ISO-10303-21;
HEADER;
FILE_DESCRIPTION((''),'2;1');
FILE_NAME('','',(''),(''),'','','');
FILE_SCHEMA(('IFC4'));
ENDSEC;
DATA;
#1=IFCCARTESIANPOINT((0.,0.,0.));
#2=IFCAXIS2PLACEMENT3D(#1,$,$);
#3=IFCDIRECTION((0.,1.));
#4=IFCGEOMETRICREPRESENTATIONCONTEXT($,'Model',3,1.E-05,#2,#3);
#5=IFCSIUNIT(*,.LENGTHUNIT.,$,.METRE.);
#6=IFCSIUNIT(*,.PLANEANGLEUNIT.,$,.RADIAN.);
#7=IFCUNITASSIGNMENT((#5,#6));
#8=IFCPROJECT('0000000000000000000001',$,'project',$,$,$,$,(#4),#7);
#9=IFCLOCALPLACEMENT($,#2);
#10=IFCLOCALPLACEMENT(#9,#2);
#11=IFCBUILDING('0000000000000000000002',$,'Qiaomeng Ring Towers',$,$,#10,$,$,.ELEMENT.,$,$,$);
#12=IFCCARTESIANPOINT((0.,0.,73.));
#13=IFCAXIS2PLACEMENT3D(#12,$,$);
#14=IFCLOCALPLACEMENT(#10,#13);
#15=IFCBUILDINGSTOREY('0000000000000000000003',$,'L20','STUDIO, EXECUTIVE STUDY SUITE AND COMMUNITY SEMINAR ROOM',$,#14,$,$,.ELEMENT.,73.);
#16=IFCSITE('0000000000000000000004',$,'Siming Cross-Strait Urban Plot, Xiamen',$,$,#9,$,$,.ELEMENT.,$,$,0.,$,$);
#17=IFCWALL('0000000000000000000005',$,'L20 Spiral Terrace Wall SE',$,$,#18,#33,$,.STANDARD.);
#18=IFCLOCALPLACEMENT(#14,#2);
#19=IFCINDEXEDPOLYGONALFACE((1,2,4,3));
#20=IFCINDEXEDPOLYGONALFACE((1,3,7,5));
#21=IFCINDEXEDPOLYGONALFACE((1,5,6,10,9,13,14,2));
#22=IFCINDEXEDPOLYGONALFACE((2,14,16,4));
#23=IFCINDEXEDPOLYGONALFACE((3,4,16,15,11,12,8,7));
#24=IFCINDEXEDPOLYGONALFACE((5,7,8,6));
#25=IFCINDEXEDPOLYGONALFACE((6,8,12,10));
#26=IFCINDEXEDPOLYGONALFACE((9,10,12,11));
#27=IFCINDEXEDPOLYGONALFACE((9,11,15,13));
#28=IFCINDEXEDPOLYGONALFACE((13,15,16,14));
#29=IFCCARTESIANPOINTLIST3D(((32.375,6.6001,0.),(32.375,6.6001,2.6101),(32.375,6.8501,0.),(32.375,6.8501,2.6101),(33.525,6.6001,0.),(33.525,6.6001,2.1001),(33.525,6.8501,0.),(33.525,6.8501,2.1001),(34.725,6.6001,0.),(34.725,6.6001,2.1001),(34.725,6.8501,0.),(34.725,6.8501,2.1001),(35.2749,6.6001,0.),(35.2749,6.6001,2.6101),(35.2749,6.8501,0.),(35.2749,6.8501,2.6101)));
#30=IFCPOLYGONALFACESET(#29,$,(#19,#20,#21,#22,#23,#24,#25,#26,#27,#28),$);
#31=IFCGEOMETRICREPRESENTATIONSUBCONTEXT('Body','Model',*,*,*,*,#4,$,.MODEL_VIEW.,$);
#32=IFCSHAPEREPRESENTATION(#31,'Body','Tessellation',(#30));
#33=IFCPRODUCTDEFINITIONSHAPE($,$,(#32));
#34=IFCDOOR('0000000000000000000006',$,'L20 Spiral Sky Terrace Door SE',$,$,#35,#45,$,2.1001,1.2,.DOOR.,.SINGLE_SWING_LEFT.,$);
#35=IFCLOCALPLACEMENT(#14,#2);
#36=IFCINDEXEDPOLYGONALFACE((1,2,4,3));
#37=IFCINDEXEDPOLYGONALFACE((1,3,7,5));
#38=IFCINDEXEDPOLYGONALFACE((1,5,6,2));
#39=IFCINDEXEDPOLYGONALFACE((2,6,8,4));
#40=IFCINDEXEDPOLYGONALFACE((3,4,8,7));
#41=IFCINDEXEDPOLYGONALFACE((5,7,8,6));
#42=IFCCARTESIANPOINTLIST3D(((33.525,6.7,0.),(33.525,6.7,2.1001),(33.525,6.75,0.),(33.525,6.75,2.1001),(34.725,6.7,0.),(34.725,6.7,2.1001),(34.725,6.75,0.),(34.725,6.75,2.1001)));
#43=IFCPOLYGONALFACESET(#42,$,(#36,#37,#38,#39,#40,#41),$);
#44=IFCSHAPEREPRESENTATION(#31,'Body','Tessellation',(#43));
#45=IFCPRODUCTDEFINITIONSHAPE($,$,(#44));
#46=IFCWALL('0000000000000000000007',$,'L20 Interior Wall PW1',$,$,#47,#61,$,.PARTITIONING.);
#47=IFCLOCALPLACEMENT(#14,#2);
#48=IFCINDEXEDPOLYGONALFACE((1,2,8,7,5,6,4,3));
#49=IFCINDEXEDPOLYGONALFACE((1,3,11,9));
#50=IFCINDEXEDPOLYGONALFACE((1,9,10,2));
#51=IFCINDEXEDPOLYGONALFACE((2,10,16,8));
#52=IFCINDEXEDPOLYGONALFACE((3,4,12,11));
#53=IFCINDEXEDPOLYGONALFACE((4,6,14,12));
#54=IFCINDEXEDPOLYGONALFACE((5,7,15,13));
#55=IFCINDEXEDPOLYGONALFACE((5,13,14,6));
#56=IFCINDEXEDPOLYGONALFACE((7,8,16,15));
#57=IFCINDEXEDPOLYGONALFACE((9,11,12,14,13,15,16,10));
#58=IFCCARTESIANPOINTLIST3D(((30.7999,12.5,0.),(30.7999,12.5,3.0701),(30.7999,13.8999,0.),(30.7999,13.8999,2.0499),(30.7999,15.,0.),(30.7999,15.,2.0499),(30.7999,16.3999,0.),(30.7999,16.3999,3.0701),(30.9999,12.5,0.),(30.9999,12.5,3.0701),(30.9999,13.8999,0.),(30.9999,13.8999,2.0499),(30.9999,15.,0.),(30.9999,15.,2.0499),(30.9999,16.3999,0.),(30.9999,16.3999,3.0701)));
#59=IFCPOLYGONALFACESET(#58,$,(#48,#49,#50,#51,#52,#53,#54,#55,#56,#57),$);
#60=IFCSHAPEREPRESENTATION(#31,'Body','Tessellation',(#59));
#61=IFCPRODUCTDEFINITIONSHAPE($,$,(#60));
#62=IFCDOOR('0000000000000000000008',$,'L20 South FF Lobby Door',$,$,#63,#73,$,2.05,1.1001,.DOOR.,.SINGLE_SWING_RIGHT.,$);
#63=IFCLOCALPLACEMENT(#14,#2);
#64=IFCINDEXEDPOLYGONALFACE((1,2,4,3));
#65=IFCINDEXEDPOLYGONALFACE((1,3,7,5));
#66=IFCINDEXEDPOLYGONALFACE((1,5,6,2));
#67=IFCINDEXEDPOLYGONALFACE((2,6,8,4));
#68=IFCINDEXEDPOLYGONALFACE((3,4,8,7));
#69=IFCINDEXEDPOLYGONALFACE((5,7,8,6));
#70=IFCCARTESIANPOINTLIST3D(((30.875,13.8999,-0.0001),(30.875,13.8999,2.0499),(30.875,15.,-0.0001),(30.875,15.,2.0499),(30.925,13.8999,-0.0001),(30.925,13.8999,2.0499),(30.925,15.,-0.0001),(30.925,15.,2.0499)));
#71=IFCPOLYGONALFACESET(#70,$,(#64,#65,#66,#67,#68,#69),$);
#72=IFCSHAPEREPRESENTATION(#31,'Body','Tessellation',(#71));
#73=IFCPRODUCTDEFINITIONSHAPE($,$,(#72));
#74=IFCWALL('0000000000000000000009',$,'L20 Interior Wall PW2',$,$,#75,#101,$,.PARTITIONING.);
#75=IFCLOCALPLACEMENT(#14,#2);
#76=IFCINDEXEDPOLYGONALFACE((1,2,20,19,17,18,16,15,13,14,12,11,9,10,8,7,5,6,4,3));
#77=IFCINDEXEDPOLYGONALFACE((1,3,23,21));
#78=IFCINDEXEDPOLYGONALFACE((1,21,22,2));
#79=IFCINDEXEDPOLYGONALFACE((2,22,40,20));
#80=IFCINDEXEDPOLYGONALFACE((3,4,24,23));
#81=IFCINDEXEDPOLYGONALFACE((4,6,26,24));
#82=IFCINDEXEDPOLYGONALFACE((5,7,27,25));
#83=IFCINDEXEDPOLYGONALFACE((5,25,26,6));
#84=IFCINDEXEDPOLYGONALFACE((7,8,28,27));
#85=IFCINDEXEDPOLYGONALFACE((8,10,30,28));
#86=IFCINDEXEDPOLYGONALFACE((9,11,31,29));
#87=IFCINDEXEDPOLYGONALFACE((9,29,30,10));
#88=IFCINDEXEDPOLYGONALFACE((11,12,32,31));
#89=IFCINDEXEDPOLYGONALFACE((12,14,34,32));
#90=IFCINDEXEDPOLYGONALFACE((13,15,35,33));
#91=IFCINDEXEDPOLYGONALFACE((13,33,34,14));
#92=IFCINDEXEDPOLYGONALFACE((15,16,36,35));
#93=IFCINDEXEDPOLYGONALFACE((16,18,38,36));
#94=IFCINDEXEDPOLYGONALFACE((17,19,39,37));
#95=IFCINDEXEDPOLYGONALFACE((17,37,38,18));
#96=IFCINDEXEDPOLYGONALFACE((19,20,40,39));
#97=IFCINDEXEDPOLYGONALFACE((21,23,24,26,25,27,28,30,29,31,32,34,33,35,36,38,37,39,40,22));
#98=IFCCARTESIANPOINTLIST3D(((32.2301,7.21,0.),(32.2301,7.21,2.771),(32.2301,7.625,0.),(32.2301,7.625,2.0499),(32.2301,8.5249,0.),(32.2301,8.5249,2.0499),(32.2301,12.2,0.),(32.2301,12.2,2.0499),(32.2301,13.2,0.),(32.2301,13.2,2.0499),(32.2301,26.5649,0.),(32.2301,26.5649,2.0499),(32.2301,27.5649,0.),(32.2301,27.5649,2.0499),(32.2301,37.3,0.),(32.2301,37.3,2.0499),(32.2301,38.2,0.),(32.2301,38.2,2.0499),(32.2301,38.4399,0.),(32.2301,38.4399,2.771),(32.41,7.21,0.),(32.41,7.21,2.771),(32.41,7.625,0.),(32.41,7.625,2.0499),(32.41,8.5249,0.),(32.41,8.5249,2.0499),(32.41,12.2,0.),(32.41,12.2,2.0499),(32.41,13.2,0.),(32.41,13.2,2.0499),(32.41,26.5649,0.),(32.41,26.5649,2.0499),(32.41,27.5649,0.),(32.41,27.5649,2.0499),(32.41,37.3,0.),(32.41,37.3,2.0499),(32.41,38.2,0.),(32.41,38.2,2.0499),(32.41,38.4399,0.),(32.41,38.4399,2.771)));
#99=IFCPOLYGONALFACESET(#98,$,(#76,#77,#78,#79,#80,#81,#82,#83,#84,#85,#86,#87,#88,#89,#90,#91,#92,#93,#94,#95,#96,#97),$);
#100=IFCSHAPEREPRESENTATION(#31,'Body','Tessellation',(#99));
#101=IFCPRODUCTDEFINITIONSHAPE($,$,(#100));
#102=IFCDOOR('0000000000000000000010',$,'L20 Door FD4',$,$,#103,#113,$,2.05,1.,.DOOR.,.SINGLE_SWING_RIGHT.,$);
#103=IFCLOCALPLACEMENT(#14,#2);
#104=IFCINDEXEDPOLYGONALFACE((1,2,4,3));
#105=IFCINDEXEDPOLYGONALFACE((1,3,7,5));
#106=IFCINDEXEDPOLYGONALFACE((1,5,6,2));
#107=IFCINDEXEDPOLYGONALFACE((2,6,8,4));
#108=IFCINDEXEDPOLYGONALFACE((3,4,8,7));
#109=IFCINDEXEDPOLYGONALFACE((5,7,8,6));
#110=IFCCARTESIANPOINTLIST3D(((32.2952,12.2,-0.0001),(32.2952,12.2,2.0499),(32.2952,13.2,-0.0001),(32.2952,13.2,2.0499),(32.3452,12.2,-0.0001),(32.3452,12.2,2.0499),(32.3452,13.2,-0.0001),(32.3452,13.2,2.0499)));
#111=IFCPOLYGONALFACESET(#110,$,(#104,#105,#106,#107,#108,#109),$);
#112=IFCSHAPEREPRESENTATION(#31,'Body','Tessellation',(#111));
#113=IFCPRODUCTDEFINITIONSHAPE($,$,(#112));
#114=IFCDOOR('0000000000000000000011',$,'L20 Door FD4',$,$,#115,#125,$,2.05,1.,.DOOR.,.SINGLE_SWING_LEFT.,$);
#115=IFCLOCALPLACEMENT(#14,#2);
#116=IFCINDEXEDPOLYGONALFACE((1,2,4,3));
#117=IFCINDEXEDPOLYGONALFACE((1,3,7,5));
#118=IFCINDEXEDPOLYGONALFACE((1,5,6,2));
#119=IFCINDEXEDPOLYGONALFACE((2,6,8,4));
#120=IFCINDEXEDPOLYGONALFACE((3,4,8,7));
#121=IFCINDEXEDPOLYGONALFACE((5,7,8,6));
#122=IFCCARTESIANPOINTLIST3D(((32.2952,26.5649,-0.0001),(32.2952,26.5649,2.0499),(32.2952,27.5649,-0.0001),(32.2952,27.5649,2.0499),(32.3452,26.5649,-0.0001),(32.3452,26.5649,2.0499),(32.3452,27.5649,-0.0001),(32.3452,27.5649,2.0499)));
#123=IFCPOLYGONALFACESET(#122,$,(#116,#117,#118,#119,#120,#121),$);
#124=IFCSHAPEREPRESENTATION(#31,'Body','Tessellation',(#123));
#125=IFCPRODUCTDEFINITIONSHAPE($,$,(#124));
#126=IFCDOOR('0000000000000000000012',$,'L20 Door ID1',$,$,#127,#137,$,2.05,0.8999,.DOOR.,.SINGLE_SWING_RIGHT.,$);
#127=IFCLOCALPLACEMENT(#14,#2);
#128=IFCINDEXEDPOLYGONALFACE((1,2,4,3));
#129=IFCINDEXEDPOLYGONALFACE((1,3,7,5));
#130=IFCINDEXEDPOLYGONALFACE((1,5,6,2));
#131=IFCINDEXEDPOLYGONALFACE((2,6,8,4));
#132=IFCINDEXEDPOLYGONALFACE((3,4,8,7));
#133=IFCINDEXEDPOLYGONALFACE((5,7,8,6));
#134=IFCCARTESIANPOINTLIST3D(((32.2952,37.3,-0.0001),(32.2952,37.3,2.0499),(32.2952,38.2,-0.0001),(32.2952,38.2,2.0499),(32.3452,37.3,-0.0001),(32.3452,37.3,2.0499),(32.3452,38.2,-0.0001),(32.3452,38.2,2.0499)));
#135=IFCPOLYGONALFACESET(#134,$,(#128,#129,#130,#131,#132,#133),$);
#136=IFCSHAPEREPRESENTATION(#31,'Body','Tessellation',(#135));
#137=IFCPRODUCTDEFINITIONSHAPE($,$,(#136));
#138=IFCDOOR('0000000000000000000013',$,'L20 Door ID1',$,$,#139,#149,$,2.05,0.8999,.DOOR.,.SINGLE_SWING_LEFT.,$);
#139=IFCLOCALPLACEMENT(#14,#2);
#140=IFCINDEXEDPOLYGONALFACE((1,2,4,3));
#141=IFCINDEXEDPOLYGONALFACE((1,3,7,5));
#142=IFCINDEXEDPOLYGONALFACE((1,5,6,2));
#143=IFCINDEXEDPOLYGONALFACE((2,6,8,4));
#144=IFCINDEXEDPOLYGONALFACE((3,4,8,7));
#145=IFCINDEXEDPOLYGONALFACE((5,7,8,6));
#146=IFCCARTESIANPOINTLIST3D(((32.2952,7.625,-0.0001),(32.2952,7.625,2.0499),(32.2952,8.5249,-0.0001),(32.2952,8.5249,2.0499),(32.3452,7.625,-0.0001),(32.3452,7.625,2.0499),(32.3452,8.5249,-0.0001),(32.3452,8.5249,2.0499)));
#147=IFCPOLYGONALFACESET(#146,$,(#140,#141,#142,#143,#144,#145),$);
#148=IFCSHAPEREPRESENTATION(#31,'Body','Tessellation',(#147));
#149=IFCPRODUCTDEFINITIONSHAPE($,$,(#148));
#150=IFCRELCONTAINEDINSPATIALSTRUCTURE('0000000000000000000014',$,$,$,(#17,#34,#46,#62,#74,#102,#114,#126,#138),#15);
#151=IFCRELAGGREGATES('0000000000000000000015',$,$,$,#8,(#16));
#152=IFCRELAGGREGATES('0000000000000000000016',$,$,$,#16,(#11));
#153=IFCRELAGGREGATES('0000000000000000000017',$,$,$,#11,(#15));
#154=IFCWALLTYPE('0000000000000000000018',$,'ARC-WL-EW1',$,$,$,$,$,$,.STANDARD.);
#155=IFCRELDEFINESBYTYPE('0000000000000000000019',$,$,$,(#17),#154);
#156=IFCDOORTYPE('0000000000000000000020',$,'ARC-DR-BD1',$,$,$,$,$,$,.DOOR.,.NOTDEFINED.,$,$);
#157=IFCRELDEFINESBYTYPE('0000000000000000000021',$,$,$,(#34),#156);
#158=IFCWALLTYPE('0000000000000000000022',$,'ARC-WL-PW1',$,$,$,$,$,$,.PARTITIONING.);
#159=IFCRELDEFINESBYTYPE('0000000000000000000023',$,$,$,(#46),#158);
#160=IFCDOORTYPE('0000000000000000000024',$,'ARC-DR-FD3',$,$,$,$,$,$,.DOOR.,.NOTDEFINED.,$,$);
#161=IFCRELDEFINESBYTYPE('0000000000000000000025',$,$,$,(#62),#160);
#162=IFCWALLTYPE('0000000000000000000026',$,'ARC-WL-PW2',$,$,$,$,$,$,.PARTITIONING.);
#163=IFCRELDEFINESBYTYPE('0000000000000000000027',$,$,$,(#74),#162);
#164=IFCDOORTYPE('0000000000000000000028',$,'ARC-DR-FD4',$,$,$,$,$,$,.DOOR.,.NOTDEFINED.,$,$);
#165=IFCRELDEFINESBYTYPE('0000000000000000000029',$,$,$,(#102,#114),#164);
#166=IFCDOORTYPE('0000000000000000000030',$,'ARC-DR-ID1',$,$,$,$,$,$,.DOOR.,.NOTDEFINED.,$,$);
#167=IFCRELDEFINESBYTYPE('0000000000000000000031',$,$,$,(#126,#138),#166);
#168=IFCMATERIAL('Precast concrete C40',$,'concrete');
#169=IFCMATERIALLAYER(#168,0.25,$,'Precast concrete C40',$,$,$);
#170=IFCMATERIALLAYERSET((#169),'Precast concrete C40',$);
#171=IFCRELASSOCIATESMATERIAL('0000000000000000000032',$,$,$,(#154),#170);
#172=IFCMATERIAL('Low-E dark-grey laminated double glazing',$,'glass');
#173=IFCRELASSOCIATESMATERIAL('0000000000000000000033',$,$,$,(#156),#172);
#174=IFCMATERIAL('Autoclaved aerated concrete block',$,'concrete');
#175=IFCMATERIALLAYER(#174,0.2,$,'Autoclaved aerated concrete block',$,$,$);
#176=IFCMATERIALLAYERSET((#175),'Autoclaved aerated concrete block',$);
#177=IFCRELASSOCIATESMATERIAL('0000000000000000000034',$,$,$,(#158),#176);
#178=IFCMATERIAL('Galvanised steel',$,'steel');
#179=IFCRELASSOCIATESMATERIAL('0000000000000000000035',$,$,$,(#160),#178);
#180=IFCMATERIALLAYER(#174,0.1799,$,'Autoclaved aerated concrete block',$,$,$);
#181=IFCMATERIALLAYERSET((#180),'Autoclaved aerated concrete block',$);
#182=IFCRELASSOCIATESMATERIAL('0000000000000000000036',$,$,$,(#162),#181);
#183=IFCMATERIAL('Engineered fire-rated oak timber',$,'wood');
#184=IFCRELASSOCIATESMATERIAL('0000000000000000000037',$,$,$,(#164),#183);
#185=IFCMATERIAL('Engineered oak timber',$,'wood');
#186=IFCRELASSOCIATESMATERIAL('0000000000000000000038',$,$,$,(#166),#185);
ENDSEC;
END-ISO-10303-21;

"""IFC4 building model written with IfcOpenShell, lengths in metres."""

from ifc_helpers import new_model, si_unit, direction, frame, frame_2d, origin, place, context, subcontext, project, spatial, rectangle, extrude, source, transform, mapped, material, layer, layer_set, type_object, element, fill, save


model = new_model("IFC4")

# Units and contexts
model_context = context("Model", 3, precision=1e-05, world=origin(), true_north=direction((0.0, 1.0)))
body_context = subcontext(model_context, "Body", "Model", "MODEL_VIEW")
ifc_project = project(units=[si_unit("LENGTHUNIT", "METRE"), si_unit("PLANEANGLEUNIT", "RADIAN")], contexts=[model_context])

# Site, building, storey
site_placement = place(None, origin())
site = spatial("IfcSite", under=ifc_project, at=site_placement, Name="Siming Cross-Strait Urban Plot, Xiamen", CompositionType="ELEMENT", RefElevation=0.0)
building_placement = place(site_placement, origin())
building = spatial("IfcBuilding", under=site, at=building_placement, Name="Qiaomeng Ring Towers", CompositionType="ELEMENT")
storey_placement = place(building_placement, frame((0.0, 0.0, 73.0)))
storey = spatial("IfcBuildingStorey", under=building, at=storey_placement, Name="L20", Description="STUDIO, EXECUTIVE STUDY SUITE AND COMMUNITY SEMINAR ROOM", CompositionType="ELEMENT", Elevation=73.0)

# Walls, openings, doors
ifc_material_1 = material(Name="Precast concrete C40", Category="concrete")
ifc_layer_1 = layer(ifc_material_1, 0.25, Name="Precast concrete C40")
ifc_layer_set_1 = layer_set([ifc_layer_1], Name="Precast concrete C40")
wall_type_1 = type_object("IfcWallType", Name="ARC-WL-EW1", PredefinedType="STANDARD", material=ifc_layer_set_1)
wall_1_placement = place(storey_placement, frame((32.375, 6.7251, 0.0), z_axis=(0.0, 0.0, 1.0), x_axis=(1.0, 0.0, 0.0)))
wall_1 = element("IfcWall", 1, at=wall_1_placement, inside=storey, type_object=wall_type_1, Name="L20 Spiral Terrace Wall SE", PredefinedType="STANDARD", context=body_context, shape_type="SweptSolid", body=[
    extrude(rectangle(XDim=2.8999, YDim=0.25, at=frame_2d((1.45, 0.0))), origin(), (0.0, 0.0, 1.0), 2.6101),
])
opening_1_placement = place(wall_1_placement, frame((1.1499, 0.0, 0.0)))
opening_1 = element("IfcOpeningElement", 2, at=opening_1_placement, cuts=wall_1, PredefinedType="OPENING", context=body_context, shape_type="SweptSolid", body=[
    extrude(rectangle(XDim=1.2, YDim=2.1001, at=frame_2d((0.6001, 1.05))), frame((0.0, 0.135, 0.0), z_axis=(0.0, -1.0, 0.0), x_axis=(1.0, 0.0, 0.0)), (0.0, 0.0, 1.0), 0.27),
])
ifc_material_2 = material(Name="Low-E dark-grey laminated double glazing", Category="glass")
door_type_1 = type_object("IfcDoorType", Name="ARC-DR-BD1", OperationType="NOTDEFINED", PredefinedType="DOOR", material=ifc_material_2)
shared_shape_1 = source(origin(), body_context, "Body", "SweptSolid", [
    extrude(rectangle(XDim=1.2, YDim=2.1001, at=frame_2d((0.6001, 1.05))), frame((0.0, 0.0249, 0.0), z_axis=(0.0, -1.0, 0.0), x_axis=(1.0, 0.0, 0.0)), (0.0, 0.0, 1.0), 0.05),
])
door_1_placement = place(opening_1_placement, origin())
door_1 = element("IfcDoor", 3, at=door_1_placement, inside=storey, type_object=door_type_1, Name="L20 Spiral Sky Terrace Door SE", OperationType="SINGLE_SWING_LEFT", OverallHeight=2.1001, OverallWidth=1.2, PredefinedType="DOOR", context=body_context, shape_type="MappedRepresentation", body=[
    mapped(shared_shape_1, transform((0.0, 0.0, 0.0), x_axis=(1.0, 0.0, 0.0), y_axis=(0.0, 1.0, 0.0), z_axis=(0.0, 0.0, 1.0), scale=1.0)),
])
fill(opening_1, door_1)
ifc_material_3 = material(Name="Autoclaved aerated concrete block", Category="concrete")
ifc_layer_2 = layer(ifc_material_3, 0.2, Name="Autoclaved aerated concrete block")
ifc_layer_set_2 = layer_set([ifc_layer_2], Name="Autoclaved aerated concrete block")
wall_type_2 = type_object("IfcWallType", Name="ARC-WL-PW1", PredefinedType="PARTITIONING", material=ifc_layer_set_2)
wall_2_placement = place(storey_placement, frame((30.8999, 12.5, 0.0), z_axis=(0.0, 0.0, 1.0), x_axis=(0.0, 1.0, 0.0)))
wall_2 = element("IfcWall", 4, at=wall_2_placement, inside=storey, type_object=wall_type_2, Name="L20 Interior Wall PW1", PredefinedType="PARTITIONING", context=body_context, shape_type="SweptSolid", body=[
    extrude(rectangle(XDim=3.8999, YDim=0.2, at=frame_2d((1.95, 0.0))), origin(), (0.0, 0.0, 1.0), 3.0701),
])
opening_2_placement = place(wall_2_placement, frame((1.3999, 0.0, 0.0)))
opening_2 = element("IfcOpeningElement", 5, at=opening_2_placement, cuts=wall_2, PredefinedType="OPENING", context=body_context, shape_type="SweptSolid", body=[
    extrude(rectangle(XDim=1.1001, YDim=2.05, at=frame_2d((0.55, 1.0249))), frame((0.0, 0.1099, 0.0), z_axis=(0.0, -1.0, 0.0), x_axis=(1.0, 0.0, 0.0)), (0.0, 0.0, 1.0), 0.22),
])
ifc_material_4 = material(Name="Galvanised steel", Category="steel")
door_type_2 = type_object("IfcDoorType", Name="ARC-DR-FD3", OperationType="NOTDEFINED", PredefinedType="DOOR", material=ifc_material_4)
shared_shape_2 = source(origin(), body_context, "Body", "SweptSolid", [
    extrude(rectangle(XDim=1.1001, YDim=2.05, at=frame_2d((0.55, 1.0249))), frame((0.0, 0.0249, 0.0), z_axis=(0.0, -1.0, 0.0), x_axis=(1.0, 0.0, 0.0)), (0.0, 0.0, 1.0), 0.05),
])
door_2_placement = place(opening_2_placement, origin())
door_2 = element("IfcDoor", 6, at=door_2_placement, inside=storey, type_object=door_type_2, Name="L20 South FF Lobby Door", OperationType="SINGLE_SWING_RIGHT", OverallHeight=2.05, OverallWidth=1.1001, PredefinedType="DOOR", context=body_context, shape_type="MappedRepresentation", body=[
    mapped(shared_shape_2, transform((0.0, 0.0, 0.0), x_axis=(1.0, 0.0, 0.0), y_axis=(0.0, 1.0, 0.0), z_axis=(0.0, 0.0, 1.0), scale=1.0)),
])
fill(opening_2, door_2)

# Wall, openings, doors
ifc_layer_3 = layer(ifc_material_3, 0.1799, Name="Autoclaved aerated concrete block")
ifc_layer_set_3 = layer_set([ifc_layer_3], Name="Autoclaved aerated concrete block")
wall_type_3 = type_object("IfcWallType", Name="ARC-WL-PW2", PredefinedType="PARTITIONING", material=ifc_layer_set_3)
wall_3_placement = place(storey_placement, frame((32.3201, 7.21, 0.0), z_axis=(0.0, 0.0, 1.0), x_axis=(0.0, 1.0, 0.0)))
wall_3 = element("IfcWall", 7, at=wall_3_placement, inside=storey, type_object=wall_type_3, Name="L20 Interior Wall PW2", PredefinedType="PARTITIONING", context=body_context, shape_type="SweptSolid", body=[
    extrude(rectangle(XDim=31.23, YDim=0.1799, at=frame_2d((15.615, 0.0))), origin(), (0.0, 0.0, 1.0), 2.771),
])
opening_3_placement = place(wall_3_placement, frame((30.0901, 0.0, 0.0)))
opening_3 = element("IfcOpeningElement", 8, at=opening_3_placement, cuts=wall_3, PredefinedType="OPENING", context=body_context, shape_type="SweptSolid", body=[
    extrude(rectangle(XDim=0.8999, YDim=2.05, at=frame_2d((0.45, 1.0249))), frame((0.0, 0.0999, 0.0), z_axis=(0.0, -1.0, 0.0), x_axis=(1.0, 0.0, 0.0)), (0.0, 0.0, 1.0), 0.2),
])
opening_4_placement = place(wall_3_placement, frame((0.415, 0.0, 0.0)))
opening_4 = element("IfcOpeningElement", 9, at=opening_4_placement, cuts=wall_3, PredefinedType="OPENING", context=body_context, shape_type="SweptSolid", body=[
    extrude(rectangle(XDim=0.8999, YDim=2.05, at=frame_2d((0.45, 1.0249))), frame((0.0, 0.0999, 0.0), z_axis=(0.0, -1.0, 0.0), x_axis=(1.0, 0.0, 0.0)), (0.0, 0.0, 1.0), 0.2),
])
opening_5_placement = place(wall_3_placement, frame((4.99, 0.0, 0.0)))
opening_5 = element("IfcOpeningElement", 10, at=opening_5_placement, cuts=wall_3, PredefinedType="OPENING", context=body_context, shape_type="SweptSolid", body=[
    extrude(rectangle(XDim=1.0, YDim=2.05, at=frame_2d((0.5, 1.0249))), frame((0.0, 0.0999, 0.0), z_axis=(0.0, -1.0, 0.0), x_axis=(1.0, 0.0, 0.0)), (0.0, 0.0, 1.0), 0.2),
])
opening_6_placement = place(wall_3_placement, frame((19.355, 0.0, 0.0)))
opening_6 = element("IfcOpeningElement", 11, at=opening_6_placement, cuts=wall_3, PredefinedType="OPENING", context=body_context, shape_type="SweptSolid", body=[
    extrude(rectangle(XDim=1.0, YDim=2.05, at=frame_2d((0.5, 1.0249))), frame((0.0, 0.0999, 0.0), z_axis=(0.0, -1.0, 0.0), x_axis=(1.0, 0.0, 0.0)), (0.0, 0.0, 1.0), 0.2),
])
ifc_material_5 = material(Name="Engineered fire-rated oak timber", Category="wood")
door_type_3 = type_object("IfcDoorType", Name="ARC-DR-FD4", OperationType="NOTDEFINED", PredefinedType="DOOR", material=ifc_material_5)
shared_shape_3 = source(origin(), body_context, "Body", "SweptSolid", [
    extrude(rectangle(XDim=1.0, YDim=2.05, at=frame_2d((0.5, 1.0249))), frame((0.0, 0.0249, 0.0), z_axis=(0.0, -1.0, 0.0), x_axis=(1.0, 0.0, 0.0)), (0.0, 0.0, 1.0), 0.05),
])
door_3_placement = place(opening_5_placement, origin())
door_3 = element("IfcDoor", 12, at=door_3_placement, inside=storey, type_object=door_type_3, Name="L20 Door FD4", OperationType="SINGLE_SWING_RIGHT", OverallHeight=2.05, OverallWidth=1.0, PredefinedType="DOOR", context=body_context, shape_type="MappedRepresentation", body=[
    mapped(shared_shape_3, transform((0.0, 0.0, 0.0), x_axis=(1.0, 0.0, 0.0), y_axis=(0.0, 1.0, 0.0), z_axis=(0.0, 0.0, 1.0), scale=1.0)),
])
fill(opening_5, door_3)
door_4_placement = place(opening_6_placement, origin())
door_4 = element("IfcDoor", 13, at=door_4_placement, inside=storey, type_object=door_type_3, Name="L20 Door FD4", OperationType="SINGLE_SWING_LEFT", OverallHeight=2.05, OverallWidth=1.0, PredefinedType="DOOR", context=body_context, shape_type="MappedRepresentation", body=[
    mapped(shared_shape_3, transform((0.0, 0.0, 0.0), x_axis=(1.0, 0.0, 0.0), y_axis=(0.0, 1.0, 0.0), z_axis=(0.0, 0.0, 1.0), scale=1.0)),
])
fill(opening_6, door_4)
ifc_material_6 = material(Name="Engineered oak timber", Category="wood")
door_type_4 = type_object("IfcDoorType", Name="ARC-DR-ID1", OperationType="NOTDEFINED", PredefinedType="DOOR", material=ifc_material_6)
shared_shape_4 = source(origin(), body_context, "Body", "SweptSolid", [
    extrude(rectangle(XDim=0.8999, YDim=2.05, at=frame_2d((0.45, 1.0249))), frame((0.0, 0.0249, 0.0), z_axis=(0.0, -1.0, 0.0), x_axis=(1.0, 0.0, 0.0)), (0.0, 0.0, 1.0), 0.05),
])
door_5_placement = place(opening_3_placement, origin())
door_5 = element("IfcDoor", 14, at=door_5_placement, inside=storey, type_object=door_type_4, Name="L20 Door ID1", OperationType="SINGLE_SWING_RIGHT", OverallHeight=2.05, OverallWidth=0.8999, PredefinedType="DOOR", context=body_context, shape_type="MappedRepresentation", body=[
    mapped(shared_shape_4, transform((0.0, 0.0, 0.0), x_axis=(1.0, 0.0, 0.0), y_axis=(0.0, 1.0, 0.0), z_axis=(0.0, 0.0, 1.0), scale=1.0)),
])
fill(opening_3, door_5)
door_6_placement = place(opening_4_placement, origin())
door_6 = element("IfcDoor", 15, at=door_6_placement, inside=storey, type_object=door_type_4, Name="L20 Door ID1", OperationType="SINGLE_SWING_LEFT", OverallHeight=2.05, OverallWidth=0.8999, PredefinedType="DOOR", context=body_context, shape_type="MappedRepresentation", body=[
    mapped(shared_shape_4, transform((0.0, 0.0, 0.0), x_axis=(1.0, 0.0, 0.0), y_axis=(0.0, 1.0, 0.0), z_axis=(0.0, 0.0, 1.0), scale=1.0)),
])
fill(opening_4, door_6)

save(model, "model.ifc")
